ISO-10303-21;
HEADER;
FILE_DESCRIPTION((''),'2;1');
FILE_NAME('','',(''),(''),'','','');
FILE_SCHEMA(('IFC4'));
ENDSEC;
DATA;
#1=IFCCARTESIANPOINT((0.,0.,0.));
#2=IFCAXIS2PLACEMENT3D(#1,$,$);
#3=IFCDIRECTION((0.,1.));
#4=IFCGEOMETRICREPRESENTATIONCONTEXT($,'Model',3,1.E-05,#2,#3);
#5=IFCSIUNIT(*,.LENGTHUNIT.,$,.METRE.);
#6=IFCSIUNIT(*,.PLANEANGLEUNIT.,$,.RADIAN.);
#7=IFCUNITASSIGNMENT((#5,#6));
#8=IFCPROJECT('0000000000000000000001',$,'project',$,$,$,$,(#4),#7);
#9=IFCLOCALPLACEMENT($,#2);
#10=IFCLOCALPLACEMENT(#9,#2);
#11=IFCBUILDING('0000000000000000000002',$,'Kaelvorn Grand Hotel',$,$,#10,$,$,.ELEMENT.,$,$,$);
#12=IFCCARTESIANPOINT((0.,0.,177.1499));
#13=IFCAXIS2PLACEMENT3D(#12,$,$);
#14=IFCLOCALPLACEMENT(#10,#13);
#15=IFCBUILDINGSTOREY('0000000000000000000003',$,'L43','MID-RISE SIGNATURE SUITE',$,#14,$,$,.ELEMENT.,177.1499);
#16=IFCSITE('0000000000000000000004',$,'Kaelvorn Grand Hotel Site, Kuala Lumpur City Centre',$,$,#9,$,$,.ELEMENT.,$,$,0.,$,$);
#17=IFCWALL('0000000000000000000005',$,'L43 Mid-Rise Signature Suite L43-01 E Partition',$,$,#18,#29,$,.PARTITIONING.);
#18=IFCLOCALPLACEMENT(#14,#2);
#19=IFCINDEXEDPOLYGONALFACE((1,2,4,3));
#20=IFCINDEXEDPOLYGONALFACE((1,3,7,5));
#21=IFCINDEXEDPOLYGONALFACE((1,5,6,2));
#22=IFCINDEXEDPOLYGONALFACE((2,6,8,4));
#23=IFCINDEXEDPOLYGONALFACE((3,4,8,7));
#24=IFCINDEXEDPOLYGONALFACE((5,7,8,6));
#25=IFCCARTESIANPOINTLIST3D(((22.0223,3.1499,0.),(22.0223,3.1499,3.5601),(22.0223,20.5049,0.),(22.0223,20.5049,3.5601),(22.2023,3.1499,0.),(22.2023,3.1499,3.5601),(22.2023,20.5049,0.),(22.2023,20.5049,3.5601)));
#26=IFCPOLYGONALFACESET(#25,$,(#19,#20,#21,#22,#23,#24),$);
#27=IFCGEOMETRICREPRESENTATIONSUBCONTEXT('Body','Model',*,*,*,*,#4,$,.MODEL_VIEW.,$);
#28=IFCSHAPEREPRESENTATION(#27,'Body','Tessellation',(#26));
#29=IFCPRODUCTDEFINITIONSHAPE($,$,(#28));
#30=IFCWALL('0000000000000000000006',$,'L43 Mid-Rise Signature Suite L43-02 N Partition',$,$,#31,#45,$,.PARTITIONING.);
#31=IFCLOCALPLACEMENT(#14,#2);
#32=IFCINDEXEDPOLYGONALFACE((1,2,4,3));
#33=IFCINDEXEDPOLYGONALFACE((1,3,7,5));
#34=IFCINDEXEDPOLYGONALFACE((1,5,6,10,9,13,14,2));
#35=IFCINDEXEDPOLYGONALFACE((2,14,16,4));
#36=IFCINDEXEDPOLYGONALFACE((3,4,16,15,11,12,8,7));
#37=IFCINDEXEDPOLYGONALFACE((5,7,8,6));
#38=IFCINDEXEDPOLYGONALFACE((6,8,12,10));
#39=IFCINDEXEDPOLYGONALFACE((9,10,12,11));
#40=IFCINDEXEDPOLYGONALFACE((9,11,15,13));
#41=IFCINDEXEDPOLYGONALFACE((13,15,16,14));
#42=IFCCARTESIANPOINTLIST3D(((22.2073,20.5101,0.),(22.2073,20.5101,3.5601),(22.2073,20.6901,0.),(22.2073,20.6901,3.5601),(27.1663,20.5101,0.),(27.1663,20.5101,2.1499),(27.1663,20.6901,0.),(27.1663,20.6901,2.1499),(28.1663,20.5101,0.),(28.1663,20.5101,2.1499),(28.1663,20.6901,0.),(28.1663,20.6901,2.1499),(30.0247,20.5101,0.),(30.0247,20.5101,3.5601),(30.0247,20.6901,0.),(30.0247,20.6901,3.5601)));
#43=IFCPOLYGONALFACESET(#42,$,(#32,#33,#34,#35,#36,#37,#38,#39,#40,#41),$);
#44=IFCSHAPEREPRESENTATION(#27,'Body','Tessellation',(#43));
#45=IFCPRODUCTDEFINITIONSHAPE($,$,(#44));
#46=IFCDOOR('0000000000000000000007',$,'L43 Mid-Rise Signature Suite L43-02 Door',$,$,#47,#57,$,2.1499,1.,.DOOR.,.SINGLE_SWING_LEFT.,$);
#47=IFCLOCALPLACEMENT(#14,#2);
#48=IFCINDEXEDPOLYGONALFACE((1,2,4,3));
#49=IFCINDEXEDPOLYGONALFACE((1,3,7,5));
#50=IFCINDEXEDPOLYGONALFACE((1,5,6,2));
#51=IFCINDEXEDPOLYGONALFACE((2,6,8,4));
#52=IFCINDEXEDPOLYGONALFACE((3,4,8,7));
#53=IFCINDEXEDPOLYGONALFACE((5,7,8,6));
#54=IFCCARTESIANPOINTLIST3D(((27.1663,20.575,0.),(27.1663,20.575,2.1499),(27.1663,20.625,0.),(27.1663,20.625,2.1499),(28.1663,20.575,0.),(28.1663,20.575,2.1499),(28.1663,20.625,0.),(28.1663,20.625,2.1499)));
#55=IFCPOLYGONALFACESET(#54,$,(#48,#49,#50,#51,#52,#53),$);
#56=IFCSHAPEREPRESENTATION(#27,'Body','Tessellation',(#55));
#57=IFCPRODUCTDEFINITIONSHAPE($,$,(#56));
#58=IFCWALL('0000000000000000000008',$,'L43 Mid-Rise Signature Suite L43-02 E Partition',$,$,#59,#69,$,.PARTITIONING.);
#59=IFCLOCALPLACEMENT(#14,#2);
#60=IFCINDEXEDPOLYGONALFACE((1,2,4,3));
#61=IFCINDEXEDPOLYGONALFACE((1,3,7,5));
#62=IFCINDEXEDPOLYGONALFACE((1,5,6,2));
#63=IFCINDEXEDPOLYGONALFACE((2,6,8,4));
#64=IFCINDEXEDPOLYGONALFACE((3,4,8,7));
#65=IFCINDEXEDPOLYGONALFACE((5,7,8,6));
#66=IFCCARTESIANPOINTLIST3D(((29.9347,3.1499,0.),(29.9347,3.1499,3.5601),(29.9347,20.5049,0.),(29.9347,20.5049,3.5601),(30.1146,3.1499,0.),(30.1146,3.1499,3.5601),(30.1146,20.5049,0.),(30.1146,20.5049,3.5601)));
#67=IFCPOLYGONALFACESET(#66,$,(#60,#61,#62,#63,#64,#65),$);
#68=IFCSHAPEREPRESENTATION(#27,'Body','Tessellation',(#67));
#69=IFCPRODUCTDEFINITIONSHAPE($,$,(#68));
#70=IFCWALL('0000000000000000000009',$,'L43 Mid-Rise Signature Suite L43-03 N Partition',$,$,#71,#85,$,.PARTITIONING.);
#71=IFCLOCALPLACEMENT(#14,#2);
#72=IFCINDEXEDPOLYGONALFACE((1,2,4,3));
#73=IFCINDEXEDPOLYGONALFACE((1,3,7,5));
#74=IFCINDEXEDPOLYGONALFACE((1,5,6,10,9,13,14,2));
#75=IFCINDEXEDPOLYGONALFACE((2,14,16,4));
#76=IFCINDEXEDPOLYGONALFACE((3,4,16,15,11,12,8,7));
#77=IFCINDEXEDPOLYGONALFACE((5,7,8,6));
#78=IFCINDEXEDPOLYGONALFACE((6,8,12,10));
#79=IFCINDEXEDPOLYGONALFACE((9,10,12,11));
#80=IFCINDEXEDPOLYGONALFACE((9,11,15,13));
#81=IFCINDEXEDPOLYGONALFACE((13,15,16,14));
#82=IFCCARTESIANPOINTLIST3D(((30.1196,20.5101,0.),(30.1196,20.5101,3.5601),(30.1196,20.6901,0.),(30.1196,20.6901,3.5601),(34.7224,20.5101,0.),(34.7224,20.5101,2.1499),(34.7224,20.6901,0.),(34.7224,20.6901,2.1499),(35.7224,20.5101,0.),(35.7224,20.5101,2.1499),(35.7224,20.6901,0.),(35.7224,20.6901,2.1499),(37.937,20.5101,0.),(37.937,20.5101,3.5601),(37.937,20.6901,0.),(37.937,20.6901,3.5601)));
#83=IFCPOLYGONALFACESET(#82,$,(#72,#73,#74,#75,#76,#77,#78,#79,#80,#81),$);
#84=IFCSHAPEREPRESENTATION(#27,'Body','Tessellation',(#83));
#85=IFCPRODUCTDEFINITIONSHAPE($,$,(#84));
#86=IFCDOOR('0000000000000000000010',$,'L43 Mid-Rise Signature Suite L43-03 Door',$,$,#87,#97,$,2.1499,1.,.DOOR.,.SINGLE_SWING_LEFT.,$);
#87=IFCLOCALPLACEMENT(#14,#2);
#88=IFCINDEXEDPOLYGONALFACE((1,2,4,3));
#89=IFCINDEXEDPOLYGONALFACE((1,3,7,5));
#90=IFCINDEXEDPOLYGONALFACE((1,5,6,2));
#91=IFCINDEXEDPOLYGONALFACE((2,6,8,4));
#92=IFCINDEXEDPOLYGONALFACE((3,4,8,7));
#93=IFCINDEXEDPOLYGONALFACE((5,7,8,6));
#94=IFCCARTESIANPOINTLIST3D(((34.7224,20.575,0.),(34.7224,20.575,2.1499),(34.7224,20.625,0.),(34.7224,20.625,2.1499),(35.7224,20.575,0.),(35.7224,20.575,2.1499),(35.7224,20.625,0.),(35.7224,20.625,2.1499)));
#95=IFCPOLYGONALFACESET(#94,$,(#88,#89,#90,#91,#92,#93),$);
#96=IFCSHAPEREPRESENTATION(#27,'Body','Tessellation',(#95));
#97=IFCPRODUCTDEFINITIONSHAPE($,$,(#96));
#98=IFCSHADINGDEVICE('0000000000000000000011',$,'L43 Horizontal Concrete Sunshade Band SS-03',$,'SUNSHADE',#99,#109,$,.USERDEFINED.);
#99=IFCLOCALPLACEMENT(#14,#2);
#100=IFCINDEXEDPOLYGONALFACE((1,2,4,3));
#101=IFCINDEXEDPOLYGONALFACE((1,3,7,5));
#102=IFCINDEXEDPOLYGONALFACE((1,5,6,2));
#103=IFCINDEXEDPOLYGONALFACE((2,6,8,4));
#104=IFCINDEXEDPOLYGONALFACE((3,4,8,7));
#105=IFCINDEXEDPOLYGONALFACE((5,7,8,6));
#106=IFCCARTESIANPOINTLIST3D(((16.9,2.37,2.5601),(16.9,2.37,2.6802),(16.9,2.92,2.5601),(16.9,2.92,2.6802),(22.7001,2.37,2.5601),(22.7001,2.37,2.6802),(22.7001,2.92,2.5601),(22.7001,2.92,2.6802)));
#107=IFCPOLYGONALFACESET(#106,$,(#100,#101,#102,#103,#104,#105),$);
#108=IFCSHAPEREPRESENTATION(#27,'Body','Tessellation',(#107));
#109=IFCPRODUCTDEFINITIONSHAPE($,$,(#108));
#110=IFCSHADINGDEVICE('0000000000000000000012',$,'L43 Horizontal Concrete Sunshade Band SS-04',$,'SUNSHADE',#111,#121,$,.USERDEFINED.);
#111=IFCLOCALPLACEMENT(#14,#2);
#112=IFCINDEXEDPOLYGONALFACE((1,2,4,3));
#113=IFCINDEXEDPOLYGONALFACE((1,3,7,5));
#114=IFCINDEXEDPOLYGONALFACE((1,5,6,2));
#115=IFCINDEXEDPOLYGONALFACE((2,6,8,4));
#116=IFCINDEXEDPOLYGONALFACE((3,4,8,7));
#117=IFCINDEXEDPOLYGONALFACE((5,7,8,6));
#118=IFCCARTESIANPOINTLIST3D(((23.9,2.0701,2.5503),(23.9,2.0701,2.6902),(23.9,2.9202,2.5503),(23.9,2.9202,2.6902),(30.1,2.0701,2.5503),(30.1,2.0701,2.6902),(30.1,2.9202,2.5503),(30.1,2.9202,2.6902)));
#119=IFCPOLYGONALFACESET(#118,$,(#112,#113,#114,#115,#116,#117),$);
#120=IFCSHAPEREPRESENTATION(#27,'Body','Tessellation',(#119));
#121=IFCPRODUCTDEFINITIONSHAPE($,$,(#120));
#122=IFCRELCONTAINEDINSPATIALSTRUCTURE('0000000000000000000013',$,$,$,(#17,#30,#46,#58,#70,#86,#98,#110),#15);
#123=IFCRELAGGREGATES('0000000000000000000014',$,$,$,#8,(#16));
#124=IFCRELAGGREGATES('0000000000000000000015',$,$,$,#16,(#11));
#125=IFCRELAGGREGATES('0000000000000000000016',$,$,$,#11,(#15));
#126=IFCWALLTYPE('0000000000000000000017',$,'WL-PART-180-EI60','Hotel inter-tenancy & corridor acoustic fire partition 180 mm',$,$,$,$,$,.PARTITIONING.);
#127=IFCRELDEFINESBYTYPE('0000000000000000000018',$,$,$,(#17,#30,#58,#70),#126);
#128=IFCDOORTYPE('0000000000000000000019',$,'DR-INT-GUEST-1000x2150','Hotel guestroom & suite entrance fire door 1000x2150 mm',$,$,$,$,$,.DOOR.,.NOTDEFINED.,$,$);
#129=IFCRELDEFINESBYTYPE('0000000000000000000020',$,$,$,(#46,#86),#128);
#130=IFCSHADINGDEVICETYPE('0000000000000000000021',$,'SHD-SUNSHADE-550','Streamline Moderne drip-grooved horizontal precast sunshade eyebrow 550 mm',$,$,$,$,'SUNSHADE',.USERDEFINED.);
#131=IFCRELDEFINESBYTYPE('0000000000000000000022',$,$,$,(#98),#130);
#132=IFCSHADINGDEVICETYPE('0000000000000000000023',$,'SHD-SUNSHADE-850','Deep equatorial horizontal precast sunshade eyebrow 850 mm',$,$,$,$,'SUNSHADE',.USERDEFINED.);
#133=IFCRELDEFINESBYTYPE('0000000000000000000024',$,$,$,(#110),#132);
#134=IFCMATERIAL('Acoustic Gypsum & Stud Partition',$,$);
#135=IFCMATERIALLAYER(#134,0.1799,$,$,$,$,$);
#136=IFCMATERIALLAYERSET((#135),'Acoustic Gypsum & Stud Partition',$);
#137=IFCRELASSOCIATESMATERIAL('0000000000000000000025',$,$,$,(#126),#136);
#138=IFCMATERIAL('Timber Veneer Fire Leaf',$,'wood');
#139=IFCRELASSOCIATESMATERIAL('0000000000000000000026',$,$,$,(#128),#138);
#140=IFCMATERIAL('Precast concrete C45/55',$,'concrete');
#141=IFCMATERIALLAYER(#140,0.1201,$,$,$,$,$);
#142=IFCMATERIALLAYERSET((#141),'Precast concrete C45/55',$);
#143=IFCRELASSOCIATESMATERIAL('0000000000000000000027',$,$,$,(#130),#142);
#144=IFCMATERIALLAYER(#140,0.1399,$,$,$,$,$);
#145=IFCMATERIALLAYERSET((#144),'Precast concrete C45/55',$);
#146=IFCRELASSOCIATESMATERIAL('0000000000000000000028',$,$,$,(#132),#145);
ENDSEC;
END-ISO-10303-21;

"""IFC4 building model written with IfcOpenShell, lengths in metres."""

from ifc_helpers import new_model, si_unit, direction, frame, frame_2d, origin, origin_2d, place, context, subcontext, project, spatial, rectangle, extrude, material, layer, layer_set, type_object, element, fill, save


model = new_model("IFC4")

# Units and contexts
model_context = context("Model", 3, precision=1e-05, world=origin(), true_north=direction((0.0, 1.0)))
body_context = subcontext(model_context, "Body", "Model", "MODEL_VIEW")
ifc_project = project(units=[si_unit("LENGTHUNIT", "METRE"), si_unit("PLANEANGLEUNIT", "RADIAN")], contexts=[model_context])

# Site, building, storey
site_placement = place(None, origin())
site = spatial("IfcSite", under=ifc_project, at=site_placement, Name="Kaelvorn Grand Hotel Site, Kuala Lumpur City Centre", CompositionType="ELEMENT", RefElevation=0.0)
building_placement = place(site_placement, origin())
building = spatial("IfcBuilding", under=site, at=building_placement, Name="Kaelvorn Grand Hotel", CompositionType="ELEMENT")
storey_placement = place(building_placement, frame((0.0, 0.0, 177.1499)))
storey = spatial("IfcBuildingStorey", under=building, at=storey_placement, Name="L43", Description="MID-RISE SIGNATURE SUITE", CompositionType="ELEMENT", Elevation=177.1499)

# Wall
ifc_material_1 = material(Name="Acoustic Gypsum & Stud Partition")
ifc_layer_1 = layer(ifc_material_1, 0.1799)
ifc_layer_set_1 = layer_set([ifc_layer_1], Name="Acoustic Gypsum & Stud Partition")
wall_type_1 = type_object("IfcWallType", Name="WL-PART-180-EI60", Description="Hotel inter-tenancy & corridor acoustic fire partition 180 mm", PredefinedType="PARTITIONING", material=ifc_layer_set_1)
wall_1_placement = place(storey_placement, frame((22.1123, 3.1499, 0.0), z_axis=(0.0, 0.0, 1.0), x_axis=(0.0, 1.0, 0.0)))
element("IfcWall", 1, at=wall_1_placement, inside=storey, type_object=wall_type_1, Name="L43 Mid-Rise Signature Suite L43-01 E Partition", PredefinedType="PARTITIONING", context=body_context, shape_type="SweptSolid", body=[
    extrude(rectangle(XDim=17.355, YDim=0.1799, at=frame_2d((8.6775, 0.0))), origin(), (0.0, 0.0, 1.0), 3.5601),
])

# Wall, opening, door
wall_2_placement = place(storey_placement, frame((22.2073, 20.6001, 0.0), z_axis=(0.0, 0.0, 1.0), x_axis=(1.0, 0.0, 0.0)))
wall_2 = element("IfcWall", 2, at=wall_2_placement, inside=storey, type_object=wall_type_1, Name="L43 Mid-Rise Signature Suite L43-02 N Partition", PredefinedType="PARTITIONING", context=body_context, shape_type="SweptSolid", body=[
    extrude(rectangle(XDim=7.8174, YDim=0.1799, at=frame_2d((3.9087, 0.0))), origin(), (0.0, 0.0, 1.0), 3.5601),
])
opening_1_placement = place(wall_2_placement, frame((4.959, 0.0, 0.0)))
opening_1 = element("IfcOpeningElement", 3, at=opening_1_placement, cuts=wall_2, PredefinedType="OPENING", context=body_context, shape_type="SweptSolid", body=[
    extrude(rectangle(XDim=1.0, YDim=2.1499, at=frame_2d((0.5, 1.075))), frame((0.0, 0.1001, 0.0), z_axis=(0.0, -1.0, 0.0), x_axis=(1.0, 0.0, 0.0)), (0.0, 0.0, 1.0), 0.2),
])
ifc_material_2 = material(Name="Timber Veneer Fire Leaf", Category="wood")
door_type_1 = type_object("IfcDoorType", Name="DR-INT-GUEST-1000x2150", Description="Hotel guestroom & suite entrance fire door 1000x2150 mm", OperationType="NOTDEFINED", PredefinedType="DOOR", material=ifc_material_2)
door_1_placement = place(opening_1_placement, origin())
door_1 = element("IfcDoor", 4, at=door_1_placement, inside=storey, type_object=door_type_1, Name="L43 Mid-Rise Signature Suite L43-02 Door", OperationType="SINGLE_SWING_LEFT", OverallHeight=2.1499, OverallWidth=1.0, PredefinedType="DOOR", context=body_context, shape_type="SweptSolid", body=[
    extrude(rectangle(XDim=1.0, YDim=2.1499, at=frame_2d((0.5, 1.075))), frame((0.0, 0.0249, 0.0), z_axis=(0.0, -1.0, 0.0), x_axis=(1.0, 0.0, 0.0)), (0.0, 0.0, 1.0), 0.05),
])
fill(opening_1, door_1)

# Wall
wall_3_placement = place(storey_placement, frame((30.0247, 3.1499, 0.0), z_axis=(0.0, 0.0, 1.0), x_axis=(0.0, 1.0, 0.0)))
element("IfcWall", 5, at=wall_3_placement, inside=storey, type_object=wall_type_1, Name="L43 Mid-Rise Signature Suite L43-02 E Partition", PredefinedType="PARTITIONING", context=body_context, shape_type="SweptSolid", body=[
    extrude(rectangle(XDim=17.355, YDim=0.1799, at=frame_2d((8.6775, 0.0))), origin(), (0.0, 0.0, 1.0), 3.5601),
])

# Wall, opening, door
wall_4_placement = place(storey_placement, frame((30.1196, 20.6001, 0.0), z_axis=(0.0, 0.0, 1.0), x_axis=(1.0, 0.0, 0.0)))
wall_4 = element("IfcWall", 6, at=wall_4_placement, inside=storey, type_object=wall_type_1, Name="L43 Mid-Rise Signature Suite L43-03 N Partition", PredefinedType="PARTITIONING", context=body_context, shape_type="SweptSolid", body=[
    extrude(rectangle(XDim=7.8174, YDim=0.1799, at=frame_2d((3.9087, 0.0))), origin(), (0.0, 0.0, 1.0), 3.5601),
])
opening_2_placement = place(wall_4_placement, frame((4.6028, 0.0, 0.0)))
opening_2 = element("IfcOpeningElement", 7, at=opening_2_placement, cuts=wall_4, PredefinedType="OPENING", context=body_context, shape_type="SweptSolid", body=[
    extrude(rectangle(XDim=1.0, YDim=2.1499, at=frame_2d((0.5, 1.075))), frame((0.0, 0.1001, 0.0), z_axis=(0.0, -1.0, 0.0), x_axis=(1.0, 0.0, 0.0)), (0.0, 0.0, 1.0), 0.2),
])
door_2_placement = place(opening_2_placement, origin())
door_2 = element("IfcDoor", 8, at=door_2_placement, inside=storey, type_object=door_type_1, Name="L43 Mid-Rise Signature Suite L43-03 Door", OperationType="SINGLE_SWING_LEFT", OverallHeight=2.1499, OverallWidth=1.0, PredefinedType="DOOR", context=body_context, shape_type="SweptSolid", body=[
    extrude(rectangle(XDim=1.0, YDim=2.1499, at=frame_2d((0.5, 1.075))), frame((0.0, 0.0249, 0.0), z_axis=(0.0, -1.0, 0.0), x_axis=(1.0, 0.0, 0.0)), (0.0, 0.0, 1.0), 0.05),
])
fill(opening_2, door_2)

# Shading devices
ifc_material_3 = material(Name="Precast concrete C45/55", Category="concrete")
ifc_layer_2 = layer(ifc_material_3, 0.1201)
ifc_layer_set_2 = layer_set([ifc_layer_2], Name="Precast concrete C45/55")
shading_device_type_1 = type_object("IfcShadingDeviceType", Name="SHD-SUNSHADE-550", Description="Streamline Moderne drip-grooved horizontal precast sunshade eyebrow 550 mm", ElementType="SUNSHADE", PredefinedType="USERDEFINED", material=ifc_layer_set_2)
shading_device_1_placement = place(storey_placement, frame((19.8, 2.645, 2.5601), z_axis=(0.0, 0.0, 1.0), x_axis=(1.0, 0.0, 0.0)))
element("IfcShadingDevice", 9, at=shading_device_1_placement, inside=storey, type_object=shading_device_type_1, Name="L43 Horizontal Concrete Sunshade Band SS-03", ObjectType="SUNSHADE", PredefinedType="USERDEFINED", context=body_context, shape_type="SweptSolid", body=[
    extrude(rectangle(XDim=5.8, YDim=0.55, at=origin_2d()), origin(), (0.0, 0.0, 1.0), 0.1201),
])
ifc_layer_3 = layer(ifc_material_3, 0.1399)
ifc_layer_set_3 = layer_set([ifc_layer_3], Name="Precast concrete C45/55")
shading_device_type_2 = type_object("IfcShadingDeviceType", Name="SHD-SUNSHADE-850", Description="Deep equatorial horizontal precast sunshade eyebrow 850 mm", ElementType="SUNSHADE", PredefinedType="USERDEFINED", material=ifc_layer_set_3)
shading_device_2_placement = place(storey_placement, frame((27.0, 2.4951, 2.5503), z_axis=(0.0, 0.0, 1.0), x_axis=(1.0, 0.0, 0.0)))
element("IfcShadingDevice", 10, at=shading_device_2_placement, inside=storey, type_object=shading_device_type_2, Name="L43 Horizontal Concrete Sunshade Band SS-04", ObjectType="SUNSHADE", PredefinedType="USERDEFINED", context=body_context, shape_type="SweptSolid", body=[
    extrude(rectangle(XDim=6.2, YDim=0.8501, at=origin_2d()), origin(), (0.0, 0.0, 1.0), 0.1399),
])

save(model, "model.ifc")
